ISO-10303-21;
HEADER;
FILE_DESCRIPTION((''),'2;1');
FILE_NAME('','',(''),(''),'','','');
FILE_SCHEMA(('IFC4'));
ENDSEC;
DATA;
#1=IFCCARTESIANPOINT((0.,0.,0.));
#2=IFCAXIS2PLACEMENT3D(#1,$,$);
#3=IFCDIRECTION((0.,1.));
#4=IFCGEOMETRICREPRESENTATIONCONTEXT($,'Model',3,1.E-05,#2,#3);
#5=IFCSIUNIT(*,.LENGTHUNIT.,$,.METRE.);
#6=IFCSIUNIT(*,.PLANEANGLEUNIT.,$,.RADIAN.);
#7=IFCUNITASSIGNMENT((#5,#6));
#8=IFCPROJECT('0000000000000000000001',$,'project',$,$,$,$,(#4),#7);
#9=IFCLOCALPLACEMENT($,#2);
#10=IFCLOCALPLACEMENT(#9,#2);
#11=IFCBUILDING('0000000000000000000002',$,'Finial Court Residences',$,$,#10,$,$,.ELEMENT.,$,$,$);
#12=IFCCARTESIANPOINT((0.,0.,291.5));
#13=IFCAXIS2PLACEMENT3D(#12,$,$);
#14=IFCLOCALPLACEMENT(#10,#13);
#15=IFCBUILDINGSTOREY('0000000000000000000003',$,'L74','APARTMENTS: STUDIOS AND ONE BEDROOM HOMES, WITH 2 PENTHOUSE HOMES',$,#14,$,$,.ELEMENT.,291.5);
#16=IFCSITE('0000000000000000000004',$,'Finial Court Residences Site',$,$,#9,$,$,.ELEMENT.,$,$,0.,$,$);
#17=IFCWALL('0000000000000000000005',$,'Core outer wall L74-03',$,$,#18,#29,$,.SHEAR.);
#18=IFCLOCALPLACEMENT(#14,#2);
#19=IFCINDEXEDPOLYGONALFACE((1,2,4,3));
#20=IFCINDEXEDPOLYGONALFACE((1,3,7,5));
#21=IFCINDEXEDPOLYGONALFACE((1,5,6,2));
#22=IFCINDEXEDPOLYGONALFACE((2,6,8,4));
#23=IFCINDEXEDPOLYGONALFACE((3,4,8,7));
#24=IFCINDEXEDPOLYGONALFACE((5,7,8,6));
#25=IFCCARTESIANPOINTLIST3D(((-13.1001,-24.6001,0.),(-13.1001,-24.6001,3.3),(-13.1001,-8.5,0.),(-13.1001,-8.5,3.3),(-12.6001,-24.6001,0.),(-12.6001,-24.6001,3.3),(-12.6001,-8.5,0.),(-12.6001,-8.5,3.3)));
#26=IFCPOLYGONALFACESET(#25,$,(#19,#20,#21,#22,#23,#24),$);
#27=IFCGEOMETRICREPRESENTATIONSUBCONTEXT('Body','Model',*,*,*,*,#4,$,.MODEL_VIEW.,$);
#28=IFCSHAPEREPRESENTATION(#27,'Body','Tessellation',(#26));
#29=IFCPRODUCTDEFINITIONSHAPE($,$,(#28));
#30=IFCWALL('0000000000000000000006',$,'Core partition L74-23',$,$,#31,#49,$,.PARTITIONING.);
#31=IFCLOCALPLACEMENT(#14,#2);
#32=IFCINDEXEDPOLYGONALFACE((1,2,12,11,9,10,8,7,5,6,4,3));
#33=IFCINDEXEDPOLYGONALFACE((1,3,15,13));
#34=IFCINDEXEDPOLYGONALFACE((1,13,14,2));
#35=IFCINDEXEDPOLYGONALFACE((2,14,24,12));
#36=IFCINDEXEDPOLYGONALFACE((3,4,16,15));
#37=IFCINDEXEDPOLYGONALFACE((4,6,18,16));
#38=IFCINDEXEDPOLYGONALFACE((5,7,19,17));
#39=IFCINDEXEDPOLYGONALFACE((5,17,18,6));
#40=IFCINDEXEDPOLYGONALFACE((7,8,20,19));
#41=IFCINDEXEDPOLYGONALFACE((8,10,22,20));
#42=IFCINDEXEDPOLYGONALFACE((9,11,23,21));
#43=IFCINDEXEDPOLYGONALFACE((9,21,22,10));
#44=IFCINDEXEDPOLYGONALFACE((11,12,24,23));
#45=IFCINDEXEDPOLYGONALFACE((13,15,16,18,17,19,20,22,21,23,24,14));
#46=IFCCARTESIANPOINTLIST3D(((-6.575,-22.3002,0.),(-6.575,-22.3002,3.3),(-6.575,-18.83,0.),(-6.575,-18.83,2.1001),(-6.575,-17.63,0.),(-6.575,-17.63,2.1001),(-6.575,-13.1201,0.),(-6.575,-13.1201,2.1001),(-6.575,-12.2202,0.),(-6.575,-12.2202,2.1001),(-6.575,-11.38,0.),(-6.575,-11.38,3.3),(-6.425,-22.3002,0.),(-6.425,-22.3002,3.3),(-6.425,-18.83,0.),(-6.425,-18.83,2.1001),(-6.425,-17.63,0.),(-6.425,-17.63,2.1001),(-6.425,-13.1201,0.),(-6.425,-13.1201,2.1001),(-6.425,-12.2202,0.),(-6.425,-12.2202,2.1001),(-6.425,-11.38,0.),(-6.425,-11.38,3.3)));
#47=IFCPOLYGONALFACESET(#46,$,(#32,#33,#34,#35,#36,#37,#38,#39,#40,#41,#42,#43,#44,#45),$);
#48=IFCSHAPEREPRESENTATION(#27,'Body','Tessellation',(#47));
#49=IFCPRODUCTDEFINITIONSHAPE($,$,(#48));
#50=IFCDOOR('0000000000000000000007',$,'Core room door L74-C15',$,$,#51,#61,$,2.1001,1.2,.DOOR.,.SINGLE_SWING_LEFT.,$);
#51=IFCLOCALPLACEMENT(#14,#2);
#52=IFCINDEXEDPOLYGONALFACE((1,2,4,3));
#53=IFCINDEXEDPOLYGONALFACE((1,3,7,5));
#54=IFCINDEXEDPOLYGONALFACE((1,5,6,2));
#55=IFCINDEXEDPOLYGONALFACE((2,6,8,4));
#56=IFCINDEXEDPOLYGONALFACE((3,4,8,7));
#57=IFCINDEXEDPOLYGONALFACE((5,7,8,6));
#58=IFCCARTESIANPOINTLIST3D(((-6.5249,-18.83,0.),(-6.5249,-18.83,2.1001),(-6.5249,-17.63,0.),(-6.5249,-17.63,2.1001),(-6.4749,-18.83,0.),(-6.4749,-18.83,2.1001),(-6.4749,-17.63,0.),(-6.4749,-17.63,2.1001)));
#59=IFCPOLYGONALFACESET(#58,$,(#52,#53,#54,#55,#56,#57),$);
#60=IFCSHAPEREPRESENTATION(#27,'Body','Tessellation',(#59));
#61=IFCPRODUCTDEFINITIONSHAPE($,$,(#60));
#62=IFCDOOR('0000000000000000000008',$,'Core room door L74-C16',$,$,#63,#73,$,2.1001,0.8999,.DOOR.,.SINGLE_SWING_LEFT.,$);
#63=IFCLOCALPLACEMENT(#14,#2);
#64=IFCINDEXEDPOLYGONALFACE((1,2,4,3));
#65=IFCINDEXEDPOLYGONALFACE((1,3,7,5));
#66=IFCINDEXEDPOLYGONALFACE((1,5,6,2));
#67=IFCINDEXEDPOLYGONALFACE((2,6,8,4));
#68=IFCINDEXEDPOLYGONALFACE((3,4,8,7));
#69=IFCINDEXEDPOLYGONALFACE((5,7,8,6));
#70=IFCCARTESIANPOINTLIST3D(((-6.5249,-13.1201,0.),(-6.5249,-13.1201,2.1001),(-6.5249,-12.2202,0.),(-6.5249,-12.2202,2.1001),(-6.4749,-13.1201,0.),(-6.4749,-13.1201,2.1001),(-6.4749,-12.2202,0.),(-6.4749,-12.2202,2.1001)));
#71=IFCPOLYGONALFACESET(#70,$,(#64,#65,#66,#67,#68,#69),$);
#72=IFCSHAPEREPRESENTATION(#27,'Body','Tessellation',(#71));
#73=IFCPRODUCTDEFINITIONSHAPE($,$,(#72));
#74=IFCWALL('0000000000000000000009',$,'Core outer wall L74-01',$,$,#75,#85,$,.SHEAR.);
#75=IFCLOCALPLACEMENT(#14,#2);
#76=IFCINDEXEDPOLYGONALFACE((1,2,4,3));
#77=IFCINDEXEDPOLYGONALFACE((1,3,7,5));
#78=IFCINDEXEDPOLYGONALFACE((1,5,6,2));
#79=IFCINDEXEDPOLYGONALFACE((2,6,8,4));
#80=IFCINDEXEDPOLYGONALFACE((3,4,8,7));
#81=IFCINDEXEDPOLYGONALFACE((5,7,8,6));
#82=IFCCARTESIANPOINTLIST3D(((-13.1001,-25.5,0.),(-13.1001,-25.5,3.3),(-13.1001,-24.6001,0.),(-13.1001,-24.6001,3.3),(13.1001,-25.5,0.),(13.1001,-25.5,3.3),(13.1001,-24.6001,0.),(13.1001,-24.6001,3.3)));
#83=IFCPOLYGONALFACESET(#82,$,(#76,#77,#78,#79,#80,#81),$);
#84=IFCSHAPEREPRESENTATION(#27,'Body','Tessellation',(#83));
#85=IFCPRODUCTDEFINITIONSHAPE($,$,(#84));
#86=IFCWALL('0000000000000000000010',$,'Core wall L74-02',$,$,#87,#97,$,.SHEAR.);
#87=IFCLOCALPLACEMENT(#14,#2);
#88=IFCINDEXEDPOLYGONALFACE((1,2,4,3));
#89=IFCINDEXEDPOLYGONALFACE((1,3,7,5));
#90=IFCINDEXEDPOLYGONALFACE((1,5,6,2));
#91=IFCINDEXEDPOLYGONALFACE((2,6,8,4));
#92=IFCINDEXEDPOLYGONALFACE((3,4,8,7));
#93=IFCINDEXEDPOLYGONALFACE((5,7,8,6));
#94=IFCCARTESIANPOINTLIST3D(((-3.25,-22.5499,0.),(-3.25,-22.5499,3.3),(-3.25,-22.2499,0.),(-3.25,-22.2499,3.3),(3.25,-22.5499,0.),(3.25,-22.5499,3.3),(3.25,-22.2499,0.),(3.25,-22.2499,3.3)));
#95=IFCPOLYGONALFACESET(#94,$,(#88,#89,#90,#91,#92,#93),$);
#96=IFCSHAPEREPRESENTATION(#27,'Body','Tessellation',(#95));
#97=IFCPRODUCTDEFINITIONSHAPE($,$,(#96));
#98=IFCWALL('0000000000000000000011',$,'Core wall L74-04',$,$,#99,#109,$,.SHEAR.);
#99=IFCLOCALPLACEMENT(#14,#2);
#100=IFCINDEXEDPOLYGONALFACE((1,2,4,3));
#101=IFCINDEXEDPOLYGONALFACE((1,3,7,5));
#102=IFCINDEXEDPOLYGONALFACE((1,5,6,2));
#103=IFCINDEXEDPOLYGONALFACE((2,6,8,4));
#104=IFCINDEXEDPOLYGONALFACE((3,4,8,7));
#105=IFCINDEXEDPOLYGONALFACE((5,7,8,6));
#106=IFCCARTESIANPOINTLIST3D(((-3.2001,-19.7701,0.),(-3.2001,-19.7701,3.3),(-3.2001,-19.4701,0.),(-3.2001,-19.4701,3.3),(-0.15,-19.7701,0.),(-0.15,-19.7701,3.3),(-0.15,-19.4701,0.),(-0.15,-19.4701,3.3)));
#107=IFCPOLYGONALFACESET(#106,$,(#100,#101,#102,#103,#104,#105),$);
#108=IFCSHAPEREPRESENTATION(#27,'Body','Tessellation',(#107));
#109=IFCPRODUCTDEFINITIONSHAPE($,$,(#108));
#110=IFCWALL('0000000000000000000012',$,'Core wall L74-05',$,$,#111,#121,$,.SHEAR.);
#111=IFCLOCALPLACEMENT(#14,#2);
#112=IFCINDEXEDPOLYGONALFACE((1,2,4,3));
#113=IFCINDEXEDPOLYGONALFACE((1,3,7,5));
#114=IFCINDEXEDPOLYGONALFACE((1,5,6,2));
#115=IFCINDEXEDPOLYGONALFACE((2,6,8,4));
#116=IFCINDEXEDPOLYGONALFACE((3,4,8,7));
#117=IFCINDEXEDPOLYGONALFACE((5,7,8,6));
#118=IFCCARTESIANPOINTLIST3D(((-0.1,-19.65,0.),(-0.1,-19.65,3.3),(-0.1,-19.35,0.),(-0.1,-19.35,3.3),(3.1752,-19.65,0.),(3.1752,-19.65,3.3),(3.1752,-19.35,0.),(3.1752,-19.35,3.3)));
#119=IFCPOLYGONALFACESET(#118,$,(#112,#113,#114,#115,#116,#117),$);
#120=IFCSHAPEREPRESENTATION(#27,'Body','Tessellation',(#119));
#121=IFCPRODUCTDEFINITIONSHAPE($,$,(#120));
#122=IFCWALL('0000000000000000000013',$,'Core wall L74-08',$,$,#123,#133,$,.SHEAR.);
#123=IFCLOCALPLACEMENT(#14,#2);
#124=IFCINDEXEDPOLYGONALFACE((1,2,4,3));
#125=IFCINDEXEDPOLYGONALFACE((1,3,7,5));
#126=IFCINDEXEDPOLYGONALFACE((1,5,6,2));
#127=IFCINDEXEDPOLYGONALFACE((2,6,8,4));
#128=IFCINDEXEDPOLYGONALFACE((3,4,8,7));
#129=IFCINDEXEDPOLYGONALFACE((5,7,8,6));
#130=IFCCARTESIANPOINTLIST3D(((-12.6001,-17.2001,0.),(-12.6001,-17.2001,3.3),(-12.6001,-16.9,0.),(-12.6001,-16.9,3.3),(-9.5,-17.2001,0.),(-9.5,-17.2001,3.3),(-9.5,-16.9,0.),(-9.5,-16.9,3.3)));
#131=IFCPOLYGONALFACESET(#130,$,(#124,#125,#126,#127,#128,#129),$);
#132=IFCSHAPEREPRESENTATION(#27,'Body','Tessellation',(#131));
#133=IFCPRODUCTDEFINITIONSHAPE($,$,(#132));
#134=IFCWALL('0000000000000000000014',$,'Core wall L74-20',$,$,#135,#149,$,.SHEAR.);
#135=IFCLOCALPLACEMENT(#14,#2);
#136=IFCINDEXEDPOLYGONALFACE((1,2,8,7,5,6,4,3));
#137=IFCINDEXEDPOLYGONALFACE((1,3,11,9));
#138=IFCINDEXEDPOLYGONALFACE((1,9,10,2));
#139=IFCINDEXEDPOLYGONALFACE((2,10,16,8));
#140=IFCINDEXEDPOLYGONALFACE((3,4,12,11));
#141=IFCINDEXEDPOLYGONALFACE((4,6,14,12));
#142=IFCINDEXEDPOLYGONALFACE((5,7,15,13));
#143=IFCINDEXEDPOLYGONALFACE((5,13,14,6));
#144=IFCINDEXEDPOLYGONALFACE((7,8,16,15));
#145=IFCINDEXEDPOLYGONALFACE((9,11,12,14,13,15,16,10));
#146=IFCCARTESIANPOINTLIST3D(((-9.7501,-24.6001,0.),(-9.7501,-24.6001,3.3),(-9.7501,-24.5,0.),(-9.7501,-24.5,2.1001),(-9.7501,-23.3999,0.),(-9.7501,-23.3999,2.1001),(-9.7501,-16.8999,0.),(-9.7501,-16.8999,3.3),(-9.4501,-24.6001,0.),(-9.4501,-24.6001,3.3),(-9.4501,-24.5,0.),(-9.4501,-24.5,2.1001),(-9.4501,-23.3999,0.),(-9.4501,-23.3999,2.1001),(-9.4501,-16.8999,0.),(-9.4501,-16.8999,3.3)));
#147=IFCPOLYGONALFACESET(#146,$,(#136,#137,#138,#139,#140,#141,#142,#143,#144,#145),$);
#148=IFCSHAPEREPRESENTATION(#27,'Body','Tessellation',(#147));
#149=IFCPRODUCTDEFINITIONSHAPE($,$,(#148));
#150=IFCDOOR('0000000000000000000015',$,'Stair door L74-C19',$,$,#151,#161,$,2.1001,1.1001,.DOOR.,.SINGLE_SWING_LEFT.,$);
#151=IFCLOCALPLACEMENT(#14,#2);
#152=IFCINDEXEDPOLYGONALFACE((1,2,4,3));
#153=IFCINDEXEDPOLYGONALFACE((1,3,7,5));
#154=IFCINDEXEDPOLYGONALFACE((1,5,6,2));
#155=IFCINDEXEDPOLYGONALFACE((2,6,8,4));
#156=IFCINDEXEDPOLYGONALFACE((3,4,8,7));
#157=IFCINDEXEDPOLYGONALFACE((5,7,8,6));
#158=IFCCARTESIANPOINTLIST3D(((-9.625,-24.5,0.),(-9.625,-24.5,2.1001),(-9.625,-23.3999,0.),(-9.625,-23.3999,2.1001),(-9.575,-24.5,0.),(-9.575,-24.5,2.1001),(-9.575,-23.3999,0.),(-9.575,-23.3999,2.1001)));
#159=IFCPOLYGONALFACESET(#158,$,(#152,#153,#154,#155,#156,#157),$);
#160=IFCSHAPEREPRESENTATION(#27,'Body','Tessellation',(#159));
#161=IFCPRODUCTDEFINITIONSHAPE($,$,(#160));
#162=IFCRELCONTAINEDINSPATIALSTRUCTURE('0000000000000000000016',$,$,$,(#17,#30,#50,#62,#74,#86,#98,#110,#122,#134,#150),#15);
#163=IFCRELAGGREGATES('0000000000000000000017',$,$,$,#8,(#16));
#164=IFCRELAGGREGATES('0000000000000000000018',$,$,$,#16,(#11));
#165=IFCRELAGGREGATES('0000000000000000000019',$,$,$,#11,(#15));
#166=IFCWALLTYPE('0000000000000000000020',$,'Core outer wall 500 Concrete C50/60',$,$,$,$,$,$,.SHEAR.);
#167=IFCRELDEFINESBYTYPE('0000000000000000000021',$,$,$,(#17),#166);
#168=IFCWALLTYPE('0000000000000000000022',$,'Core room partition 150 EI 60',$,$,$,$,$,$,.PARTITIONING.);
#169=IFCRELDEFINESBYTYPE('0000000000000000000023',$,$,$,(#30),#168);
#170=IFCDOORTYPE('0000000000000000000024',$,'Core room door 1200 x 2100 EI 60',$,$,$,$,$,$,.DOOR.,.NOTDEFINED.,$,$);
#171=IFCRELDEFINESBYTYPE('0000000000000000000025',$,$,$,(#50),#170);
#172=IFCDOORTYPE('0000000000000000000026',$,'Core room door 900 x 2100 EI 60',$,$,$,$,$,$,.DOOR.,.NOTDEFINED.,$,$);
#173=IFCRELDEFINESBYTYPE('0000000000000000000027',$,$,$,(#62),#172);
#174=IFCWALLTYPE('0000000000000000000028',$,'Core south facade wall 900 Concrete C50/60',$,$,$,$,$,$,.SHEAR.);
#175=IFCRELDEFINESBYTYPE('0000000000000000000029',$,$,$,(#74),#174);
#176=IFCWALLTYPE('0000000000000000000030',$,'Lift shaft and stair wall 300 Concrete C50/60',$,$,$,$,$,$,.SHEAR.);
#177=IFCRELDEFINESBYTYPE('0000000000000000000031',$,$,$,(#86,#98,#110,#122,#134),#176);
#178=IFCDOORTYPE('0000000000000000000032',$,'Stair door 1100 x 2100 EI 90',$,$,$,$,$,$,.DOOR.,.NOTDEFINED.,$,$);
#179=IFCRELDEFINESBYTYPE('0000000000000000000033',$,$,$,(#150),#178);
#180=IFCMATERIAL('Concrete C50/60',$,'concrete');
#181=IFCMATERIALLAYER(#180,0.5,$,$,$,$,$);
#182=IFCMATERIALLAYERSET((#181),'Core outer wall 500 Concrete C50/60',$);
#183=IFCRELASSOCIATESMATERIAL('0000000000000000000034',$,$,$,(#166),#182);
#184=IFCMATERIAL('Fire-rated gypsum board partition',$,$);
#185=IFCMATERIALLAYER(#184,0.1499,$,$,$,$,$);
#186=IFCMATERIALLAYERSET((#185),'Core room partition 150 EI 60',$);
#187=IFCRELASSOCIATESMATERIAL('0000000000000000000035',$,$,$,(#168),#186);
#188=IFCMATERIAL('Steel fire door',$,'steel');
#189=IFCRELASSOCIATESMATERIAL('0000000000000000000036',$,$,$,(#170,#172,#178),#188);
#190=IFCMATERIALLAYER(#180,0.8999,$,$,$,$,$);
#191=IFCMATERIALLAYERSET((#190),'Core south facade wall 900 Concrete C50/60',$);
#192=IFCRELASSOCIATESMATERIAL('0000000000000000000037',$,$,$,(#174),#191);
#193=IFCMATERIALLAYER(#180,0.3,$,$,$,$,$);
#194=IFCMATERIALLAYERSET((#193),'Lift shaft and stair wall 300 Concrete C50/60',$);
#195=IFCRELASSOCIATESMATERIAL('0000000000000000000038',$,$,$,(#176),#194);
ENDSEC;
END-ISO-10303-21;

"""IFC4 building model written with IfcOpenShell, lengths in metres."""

from ifc_helpers import new_model, si_unit, direction, frame, frame_2d, origin, place, context, subcontext, project, spatial, rectangle, extrude, material, layer, layer_set, type_object, element, fill, save


model = new_model("IFC4")

# Units and contexts
model_context = context("Model", 3, precision=1e-05, world=origin(), true_north=direction((0.0, 1.0)))
body_context = subcontext(model_context, "Body", "Model", "MODEL_VIEW")
ifc_project = project(units=[si_unit("LENGTHUNIT", "METRE"), si_unit("PLANEANGLEUNIT", "RADIAN")], contexts=[model_context])

# Site, building, storey
site_placement = place(None, origin())
site = spatial("IfcSite", under=ifc_project, at=site_placement, Name="Finial Court Residences Site", CompositionType="ELEMENT", RefElevation=0.0)
building_placement = place(site_placement, origin())
building = spatial("IfcBuilding", under=site, at=building_placement, Name="Finial Court Residences", CompositionType="ELEMENT")
storey_placement = place(building_placement, frame((0.0, 0.0, 291.5)))
storey = spatial("IfcBuildingStorey", under=building, at=storey_placement, Name="L74", Description="APARTMENTS: STUDIOS AND ONE BEDROOM HOMES, WITH 2 PENTHOUSE HOMES", CompositionType="ELEMENT", Elevation=291.5)

# Wall
ifc_material_1 = material(Name="Concrete C50/60", Category="concrete")
ifc_layer_1 = layer(ifc_material_1, 0.5)
ifc_layer_set_1 = layer_set([ifc_layer_1], Name="Core outer wall 500 Concrete C50/60")
wall_type_1 = type_object("IfcWallType", Name="Core outer wall 500 Concrete C50/60", PredefinedType="SHEAR", material=ifc_layer_set_1)
wall_1_placement = place(storey_placement, frame((-12.8501, -24.6001, 0.0), z_axis=(0.0, 0.0, 1.0), x_axis=(0.0, 1.0, 0.0)))
element("IfcWall", 1, at=wall_1_placement, inside=storey, type_object=wall_type_1, Name="Core outer wall L74-03", PredefinedType="SHEAR", context=body_context, shape_type="SweptSolid", body=[
    extrude(rectangle(XDim=16.1001, YDim=0.5, at=frame_2d((8.05, 0.0))), origin(), (0.0, 0.0, 1.0), 3.3),
])

# Wall, openings, doors
ifc_material_2 = material(Name="Fire-rated gypsum board partition")
ifc_layer_2 = layer(ifc_material_2, 0.1499)
ifc_layer_set_2 = layer_set([ifc_layer_2], Name="Core room partition 150 EI 60")
wall_type_2 = type_object("IfcWallType", Name="Core room partition 150 EI 60", PredefinedType="PARTITIONING", material=ifc_layer_set_2)
wall_2_placement = place(storey_placement, frame((-6.5, -22.3, 0.0), z_axis=(0.0, 0.0, 1.0), x_axis=(0.0, 1.0, 0.0)))
wall_2 = element("IfcWall", 2, at=wall_2_placement, inside=storey, type_object=wall_type_2, Name="Core partition L74-23", PredefinedType="PARTITIONING", context=body_context, shape_type="SweptSolid", body=[
    extrude(rectangle(XDim=10.9202, YDim=0.1499, at=frame_2d((5.46, 0.0))), origin(), (0.0, 0.0, 1.0), 3.3),
])
opening_1_placement = place(wall_2_placement, frame((3.47, 0.0, 0.0)))
opening_1 = element("IfcOpeningElement", 3, at=opening_1_placement, cuts=wall_2, PredefinedType="OPENING", context=body_context, shape_type="SweptSolid", body=[
    extrude(rectangle(XDim=1.2, YDim=2.1001, at=frame_2d((0.6001, 1.05))), frame((0.0, 0.085, 0.0), z_axis=(0.0, -1.0, 0.0), x_axis=(1.0, 0.0, 0.0)), (0.0, 0.0, 1.0), 0.1699),
])
opening_2_placement = place(wall_2_placement, frame((9.1799, 0.0, 0.0)))
opening_2 = element("IfcOpeningElement", 4, at=opening_2_placement, cuts=wall_2, PredefinedType="OPENING", context=body_context, shape_type="SweptSolid", body=[
    extrude(rectangle(XDim=0.8999, YDim=2.1001, at=frame_2d((0.45, 1.05))), frame((0.0, 0.085, 0.0), z_axis=(0.0, -1.0, 0.0), x_axis=(1.0, 0.0, 0.0)), (0.0, 0.0, 1.0), 0.1699),
])
ifc_material_3 = material(Name="Steel fire door", Category="steel")
door_type_1 = type_object("IfcDoorType", Name="Core room door 1200 x 2100 EI 60", OperationType="NOTDEFINED", PredefinedType="DOOR", material=ifc_material_3)
door_1_placement = place(opening_1_placement, origin())
door_1 = element("IfcDoor", 5, at=door_1_placement, inside=storey, type_object=door_type_1, Name="Core room door L74-C15", OperationType="SINGLE_SWING_LEFT", OverallHeight=2.1001, OverallWidth=1.2, PredefinedType="DOOR", context=body_context, shape_type="SweptSolid", body=[
    extrude(rectangle(XDim=1.2, YDim=2.1001, at=frame_2d((0.6001, 1.05))), frame((0.0, 0.0249, 0.0), z_axis=(0.0, -1.0, 0.0), x_axis=(1.0, 0.0, 0.0)), (0.0, 0.0, 1.0), 0.05),
])
fill(opening_1, door_1)
door_type_2 = type_object("IfcDoorType", Name="Core room door 900 x 2100 EI 60", OperationType="NOTDEFINED", PredefinedType="DOOR", material=ifc_material_3)
door_2_placement = place(opening_2_placement, origin())
door_2 = element("IfcDoor", 6, at=door_2_placement, inside=storey, type_object=door_type_2, Name="Core room door L74-C16", OperationType="SINGLE_SWING_LEFT", OverallHeight=2.1001, OverallWidth=0.8999, PredefinedType="DOOR", context=body_context, shape_type="SweptSolid", body=[
    extrude(rectangle(XDim=0.8999, YDim=2.1001, at=frame_2d((0.45, 1.05))), frame((0.0, 0.0249, 0.0), z_axis=(0.0, -1.0, 0.0), x_axis=(1.0, 0.0, 0.0)), (0.0, 0.0, 1.0), 0.05),
])
fill(opening_2, door_2)

# Walls
ifc_layer_3 = layer(ifc_material_1, 0.8999)
ifc_layer_set_3 = layer_set([ifc_layer_3], Name="Core south facade wall 900 Concrete C50/60")
wall_type_3 = type_object("IfcWallType", Name="Core south facade wall 900 Concrete C50/60", PredefinedType="SHEAR", material=ifc_layer_set_3)
wall_3_placement = place(storey_placement, frame((-13.1001, -25.05, 0.0), z_axis=(0.0, 0.0, 1.0), x_axis=(1.0, 0.0, 0.0)))
element("IfcWall", 7, at=wall_3_placement, inside=storey, type_object=wall_type_3, Name="Core outer wall L74-01", PredefinedType="SHEAR", context=body_context, shape_type="SweptSolid", body=[
    extrude(rectangle(XDim=26.2002, YDim=0.8999, at=frame_2d((13.1001, 0.0))), origin(), (0.0, 0.0, 1.0), 3.3),
])
ifc_layer_4 = layer(ifc_material_1, 0.3)
ifc_layer_set_4 = layer_set([ifc_layer_4], Name="Lift shaft and stair wall 300 Concrete C50/60")
wall_type_4 = type_object("IfcWallType", Name="Lift shaft and stair wall 300 Concrete C50/60", PredefinedType="SHEAR", material=ifc_layer_set_4)
wall_4_placement = place(storey_placement, frame((-3.25, -22.3999, 0.0), z_axis=(0.0, 0.0, 1.0), x_axis=(1.0, 0.0, 0.0)))
element("IfcWall", 8, at=wall_4_placement, inside=storey, type_object=wall_type_4, Name="Core wall L74-02", PredefinedType="SHEAR", context=body_context, shape_type="SweptSolid", body=[
    extrude(rectangle(XDim=6.5, YDim=0.3, at=frame_2d((3.25, 0.0))), origin(), (0.0, 0.0, 1.0), 3.3),
])
wall_5_placement = place(storey_placement, frame((-3.2, -19.6201, 0.0), z_axis=(0.0, 0.0, 1.0), x_axis=(1.0, 0.0, 0.0)))
element("IfcWall", 9, at=wall_5_placement, inside=storey, type_object=wall_type_4, Name="Core wall L74-04", PredefinedType="SHEAR", context=body_context, shape_type="SweptSolid", body=[
    extrude(rectangle(XDim=3.05, YDim=0.3, at=frame_2d((1.5249, 0.0))), origin(), (0.0, 0.0, 1.0), 3.3),
])
wall_6_placement = place(storey_placement, frame((-0.1001, -19.5, 0.0), z_axis=(0.0, 0.0, 1.0), x_axis=(1.0, 0.0, 0.0)))
element("IfcWall", 10, at=wall_6_placement, inside=storey, type_object=wall_type_4, Name="Core wall L74-05", PredefinedType="SHEAR", context=body_context, shape_type="SweptSolid", body=[
    extrude(rectangle(XDim=3.2751, YDim=0.3, at=frame_2d((1.6377, 0.0))), origin(), (0.0, 0.0, 1.0), 3.3),
])
wall_7_placement = place(storey_placement, frame((-12.6001, -17.05, 0.0), z_axis=(0.0, 0.0, 1.0), x_axis=(1.0, 0.0, 0.0)))
element("IfcWall", 11, at=wall_7_placement, inside=storey, type_object=wall_type_4, Name="Core wall L74-08", PredefinedType="SHEAR", context=body_context, shape_type="SweptSolid", body=[
    extrude(rectangle(XDim=3.1001, YDim=0.3, at=frame_2d((1.55, 0.0))), origin(), (0.0, 0.0, 1.0), 3.3),
])

# Wall, opening, door
wall_8_placement = place(storey_placement, frame((-9.6001, -24.6001, 0.0), z_axis=(0.0, 0.0, 1.0), x_axis=(0.0, 1.0, 0.0)))
wall_8 = element("IfcWall", 12, at=wall_8_placement, inside=storey, type_object=wall_type_4, Name="Core wall L74-20", PredefinedType="SHEAR", context=body_context, shape_type="SweptSolid", body=[
    extrude(rectangle(XDim=7.7002, YDim=0.3, at=frame_2d((3.8501, 0.0))), origin(), (0.0, 0.0, 1.0), 3.3),
])
opening_3_placement = place(wall_8_placement, frame((0.1001, 0.0, 0.0)))
opening_3 = element("IfcOpeningElement", 13, at=opening_3_placement, cuts=wall_8, PredefinedType="OPENING", context=body_context, shape_type="SweptSolid", body=[
    extrude(rectangle(XDim=1.1001, YDim=2.1001, at=frame_2d((0.55, 1.05))), frame((0.0, 0.1599, 0.0), z_axis=(0.0, -1.0, 0.0), x_axis=(1.0, 0.0, 0.0)), (0.0, 0.0, 1.0), 0.3201),
])
door_type_3 = type_object("IfcDoorType", Name="Stair door 1100 x 2100 EI 90", OperationType="NOTDEFINED", PredefinedType="DOOR", material=ifc_material_3)
door_3_placement = place(opening_3_placement, origin())
door_3 = element("IfcDoor", 14, at=door_3_placement, inside=storey, type_object=door_type_3, Name="Stair door L74-C19", OperationType="SINGLE_SWING_LEFT", OverallHeight=2.1001, OverallWidth=1.1001, PredefinedType="DOOR", context=body_context, shape_type="SweptSolid", body=[
    extrude(rectangle(XDim=1.1001, YDim=2.1001, at=frame_2d((0.55, 1.05))), frame((0.0, 0.0249, 0.0), z_axis=(0.0, -1.0, 0.0), x_axis=(1.0, 0.0, 0.0)), (0.0, 0.0, 1.0), 0.05),
])
fill(opening_3, door_3)

save(model, "model.ifc")
